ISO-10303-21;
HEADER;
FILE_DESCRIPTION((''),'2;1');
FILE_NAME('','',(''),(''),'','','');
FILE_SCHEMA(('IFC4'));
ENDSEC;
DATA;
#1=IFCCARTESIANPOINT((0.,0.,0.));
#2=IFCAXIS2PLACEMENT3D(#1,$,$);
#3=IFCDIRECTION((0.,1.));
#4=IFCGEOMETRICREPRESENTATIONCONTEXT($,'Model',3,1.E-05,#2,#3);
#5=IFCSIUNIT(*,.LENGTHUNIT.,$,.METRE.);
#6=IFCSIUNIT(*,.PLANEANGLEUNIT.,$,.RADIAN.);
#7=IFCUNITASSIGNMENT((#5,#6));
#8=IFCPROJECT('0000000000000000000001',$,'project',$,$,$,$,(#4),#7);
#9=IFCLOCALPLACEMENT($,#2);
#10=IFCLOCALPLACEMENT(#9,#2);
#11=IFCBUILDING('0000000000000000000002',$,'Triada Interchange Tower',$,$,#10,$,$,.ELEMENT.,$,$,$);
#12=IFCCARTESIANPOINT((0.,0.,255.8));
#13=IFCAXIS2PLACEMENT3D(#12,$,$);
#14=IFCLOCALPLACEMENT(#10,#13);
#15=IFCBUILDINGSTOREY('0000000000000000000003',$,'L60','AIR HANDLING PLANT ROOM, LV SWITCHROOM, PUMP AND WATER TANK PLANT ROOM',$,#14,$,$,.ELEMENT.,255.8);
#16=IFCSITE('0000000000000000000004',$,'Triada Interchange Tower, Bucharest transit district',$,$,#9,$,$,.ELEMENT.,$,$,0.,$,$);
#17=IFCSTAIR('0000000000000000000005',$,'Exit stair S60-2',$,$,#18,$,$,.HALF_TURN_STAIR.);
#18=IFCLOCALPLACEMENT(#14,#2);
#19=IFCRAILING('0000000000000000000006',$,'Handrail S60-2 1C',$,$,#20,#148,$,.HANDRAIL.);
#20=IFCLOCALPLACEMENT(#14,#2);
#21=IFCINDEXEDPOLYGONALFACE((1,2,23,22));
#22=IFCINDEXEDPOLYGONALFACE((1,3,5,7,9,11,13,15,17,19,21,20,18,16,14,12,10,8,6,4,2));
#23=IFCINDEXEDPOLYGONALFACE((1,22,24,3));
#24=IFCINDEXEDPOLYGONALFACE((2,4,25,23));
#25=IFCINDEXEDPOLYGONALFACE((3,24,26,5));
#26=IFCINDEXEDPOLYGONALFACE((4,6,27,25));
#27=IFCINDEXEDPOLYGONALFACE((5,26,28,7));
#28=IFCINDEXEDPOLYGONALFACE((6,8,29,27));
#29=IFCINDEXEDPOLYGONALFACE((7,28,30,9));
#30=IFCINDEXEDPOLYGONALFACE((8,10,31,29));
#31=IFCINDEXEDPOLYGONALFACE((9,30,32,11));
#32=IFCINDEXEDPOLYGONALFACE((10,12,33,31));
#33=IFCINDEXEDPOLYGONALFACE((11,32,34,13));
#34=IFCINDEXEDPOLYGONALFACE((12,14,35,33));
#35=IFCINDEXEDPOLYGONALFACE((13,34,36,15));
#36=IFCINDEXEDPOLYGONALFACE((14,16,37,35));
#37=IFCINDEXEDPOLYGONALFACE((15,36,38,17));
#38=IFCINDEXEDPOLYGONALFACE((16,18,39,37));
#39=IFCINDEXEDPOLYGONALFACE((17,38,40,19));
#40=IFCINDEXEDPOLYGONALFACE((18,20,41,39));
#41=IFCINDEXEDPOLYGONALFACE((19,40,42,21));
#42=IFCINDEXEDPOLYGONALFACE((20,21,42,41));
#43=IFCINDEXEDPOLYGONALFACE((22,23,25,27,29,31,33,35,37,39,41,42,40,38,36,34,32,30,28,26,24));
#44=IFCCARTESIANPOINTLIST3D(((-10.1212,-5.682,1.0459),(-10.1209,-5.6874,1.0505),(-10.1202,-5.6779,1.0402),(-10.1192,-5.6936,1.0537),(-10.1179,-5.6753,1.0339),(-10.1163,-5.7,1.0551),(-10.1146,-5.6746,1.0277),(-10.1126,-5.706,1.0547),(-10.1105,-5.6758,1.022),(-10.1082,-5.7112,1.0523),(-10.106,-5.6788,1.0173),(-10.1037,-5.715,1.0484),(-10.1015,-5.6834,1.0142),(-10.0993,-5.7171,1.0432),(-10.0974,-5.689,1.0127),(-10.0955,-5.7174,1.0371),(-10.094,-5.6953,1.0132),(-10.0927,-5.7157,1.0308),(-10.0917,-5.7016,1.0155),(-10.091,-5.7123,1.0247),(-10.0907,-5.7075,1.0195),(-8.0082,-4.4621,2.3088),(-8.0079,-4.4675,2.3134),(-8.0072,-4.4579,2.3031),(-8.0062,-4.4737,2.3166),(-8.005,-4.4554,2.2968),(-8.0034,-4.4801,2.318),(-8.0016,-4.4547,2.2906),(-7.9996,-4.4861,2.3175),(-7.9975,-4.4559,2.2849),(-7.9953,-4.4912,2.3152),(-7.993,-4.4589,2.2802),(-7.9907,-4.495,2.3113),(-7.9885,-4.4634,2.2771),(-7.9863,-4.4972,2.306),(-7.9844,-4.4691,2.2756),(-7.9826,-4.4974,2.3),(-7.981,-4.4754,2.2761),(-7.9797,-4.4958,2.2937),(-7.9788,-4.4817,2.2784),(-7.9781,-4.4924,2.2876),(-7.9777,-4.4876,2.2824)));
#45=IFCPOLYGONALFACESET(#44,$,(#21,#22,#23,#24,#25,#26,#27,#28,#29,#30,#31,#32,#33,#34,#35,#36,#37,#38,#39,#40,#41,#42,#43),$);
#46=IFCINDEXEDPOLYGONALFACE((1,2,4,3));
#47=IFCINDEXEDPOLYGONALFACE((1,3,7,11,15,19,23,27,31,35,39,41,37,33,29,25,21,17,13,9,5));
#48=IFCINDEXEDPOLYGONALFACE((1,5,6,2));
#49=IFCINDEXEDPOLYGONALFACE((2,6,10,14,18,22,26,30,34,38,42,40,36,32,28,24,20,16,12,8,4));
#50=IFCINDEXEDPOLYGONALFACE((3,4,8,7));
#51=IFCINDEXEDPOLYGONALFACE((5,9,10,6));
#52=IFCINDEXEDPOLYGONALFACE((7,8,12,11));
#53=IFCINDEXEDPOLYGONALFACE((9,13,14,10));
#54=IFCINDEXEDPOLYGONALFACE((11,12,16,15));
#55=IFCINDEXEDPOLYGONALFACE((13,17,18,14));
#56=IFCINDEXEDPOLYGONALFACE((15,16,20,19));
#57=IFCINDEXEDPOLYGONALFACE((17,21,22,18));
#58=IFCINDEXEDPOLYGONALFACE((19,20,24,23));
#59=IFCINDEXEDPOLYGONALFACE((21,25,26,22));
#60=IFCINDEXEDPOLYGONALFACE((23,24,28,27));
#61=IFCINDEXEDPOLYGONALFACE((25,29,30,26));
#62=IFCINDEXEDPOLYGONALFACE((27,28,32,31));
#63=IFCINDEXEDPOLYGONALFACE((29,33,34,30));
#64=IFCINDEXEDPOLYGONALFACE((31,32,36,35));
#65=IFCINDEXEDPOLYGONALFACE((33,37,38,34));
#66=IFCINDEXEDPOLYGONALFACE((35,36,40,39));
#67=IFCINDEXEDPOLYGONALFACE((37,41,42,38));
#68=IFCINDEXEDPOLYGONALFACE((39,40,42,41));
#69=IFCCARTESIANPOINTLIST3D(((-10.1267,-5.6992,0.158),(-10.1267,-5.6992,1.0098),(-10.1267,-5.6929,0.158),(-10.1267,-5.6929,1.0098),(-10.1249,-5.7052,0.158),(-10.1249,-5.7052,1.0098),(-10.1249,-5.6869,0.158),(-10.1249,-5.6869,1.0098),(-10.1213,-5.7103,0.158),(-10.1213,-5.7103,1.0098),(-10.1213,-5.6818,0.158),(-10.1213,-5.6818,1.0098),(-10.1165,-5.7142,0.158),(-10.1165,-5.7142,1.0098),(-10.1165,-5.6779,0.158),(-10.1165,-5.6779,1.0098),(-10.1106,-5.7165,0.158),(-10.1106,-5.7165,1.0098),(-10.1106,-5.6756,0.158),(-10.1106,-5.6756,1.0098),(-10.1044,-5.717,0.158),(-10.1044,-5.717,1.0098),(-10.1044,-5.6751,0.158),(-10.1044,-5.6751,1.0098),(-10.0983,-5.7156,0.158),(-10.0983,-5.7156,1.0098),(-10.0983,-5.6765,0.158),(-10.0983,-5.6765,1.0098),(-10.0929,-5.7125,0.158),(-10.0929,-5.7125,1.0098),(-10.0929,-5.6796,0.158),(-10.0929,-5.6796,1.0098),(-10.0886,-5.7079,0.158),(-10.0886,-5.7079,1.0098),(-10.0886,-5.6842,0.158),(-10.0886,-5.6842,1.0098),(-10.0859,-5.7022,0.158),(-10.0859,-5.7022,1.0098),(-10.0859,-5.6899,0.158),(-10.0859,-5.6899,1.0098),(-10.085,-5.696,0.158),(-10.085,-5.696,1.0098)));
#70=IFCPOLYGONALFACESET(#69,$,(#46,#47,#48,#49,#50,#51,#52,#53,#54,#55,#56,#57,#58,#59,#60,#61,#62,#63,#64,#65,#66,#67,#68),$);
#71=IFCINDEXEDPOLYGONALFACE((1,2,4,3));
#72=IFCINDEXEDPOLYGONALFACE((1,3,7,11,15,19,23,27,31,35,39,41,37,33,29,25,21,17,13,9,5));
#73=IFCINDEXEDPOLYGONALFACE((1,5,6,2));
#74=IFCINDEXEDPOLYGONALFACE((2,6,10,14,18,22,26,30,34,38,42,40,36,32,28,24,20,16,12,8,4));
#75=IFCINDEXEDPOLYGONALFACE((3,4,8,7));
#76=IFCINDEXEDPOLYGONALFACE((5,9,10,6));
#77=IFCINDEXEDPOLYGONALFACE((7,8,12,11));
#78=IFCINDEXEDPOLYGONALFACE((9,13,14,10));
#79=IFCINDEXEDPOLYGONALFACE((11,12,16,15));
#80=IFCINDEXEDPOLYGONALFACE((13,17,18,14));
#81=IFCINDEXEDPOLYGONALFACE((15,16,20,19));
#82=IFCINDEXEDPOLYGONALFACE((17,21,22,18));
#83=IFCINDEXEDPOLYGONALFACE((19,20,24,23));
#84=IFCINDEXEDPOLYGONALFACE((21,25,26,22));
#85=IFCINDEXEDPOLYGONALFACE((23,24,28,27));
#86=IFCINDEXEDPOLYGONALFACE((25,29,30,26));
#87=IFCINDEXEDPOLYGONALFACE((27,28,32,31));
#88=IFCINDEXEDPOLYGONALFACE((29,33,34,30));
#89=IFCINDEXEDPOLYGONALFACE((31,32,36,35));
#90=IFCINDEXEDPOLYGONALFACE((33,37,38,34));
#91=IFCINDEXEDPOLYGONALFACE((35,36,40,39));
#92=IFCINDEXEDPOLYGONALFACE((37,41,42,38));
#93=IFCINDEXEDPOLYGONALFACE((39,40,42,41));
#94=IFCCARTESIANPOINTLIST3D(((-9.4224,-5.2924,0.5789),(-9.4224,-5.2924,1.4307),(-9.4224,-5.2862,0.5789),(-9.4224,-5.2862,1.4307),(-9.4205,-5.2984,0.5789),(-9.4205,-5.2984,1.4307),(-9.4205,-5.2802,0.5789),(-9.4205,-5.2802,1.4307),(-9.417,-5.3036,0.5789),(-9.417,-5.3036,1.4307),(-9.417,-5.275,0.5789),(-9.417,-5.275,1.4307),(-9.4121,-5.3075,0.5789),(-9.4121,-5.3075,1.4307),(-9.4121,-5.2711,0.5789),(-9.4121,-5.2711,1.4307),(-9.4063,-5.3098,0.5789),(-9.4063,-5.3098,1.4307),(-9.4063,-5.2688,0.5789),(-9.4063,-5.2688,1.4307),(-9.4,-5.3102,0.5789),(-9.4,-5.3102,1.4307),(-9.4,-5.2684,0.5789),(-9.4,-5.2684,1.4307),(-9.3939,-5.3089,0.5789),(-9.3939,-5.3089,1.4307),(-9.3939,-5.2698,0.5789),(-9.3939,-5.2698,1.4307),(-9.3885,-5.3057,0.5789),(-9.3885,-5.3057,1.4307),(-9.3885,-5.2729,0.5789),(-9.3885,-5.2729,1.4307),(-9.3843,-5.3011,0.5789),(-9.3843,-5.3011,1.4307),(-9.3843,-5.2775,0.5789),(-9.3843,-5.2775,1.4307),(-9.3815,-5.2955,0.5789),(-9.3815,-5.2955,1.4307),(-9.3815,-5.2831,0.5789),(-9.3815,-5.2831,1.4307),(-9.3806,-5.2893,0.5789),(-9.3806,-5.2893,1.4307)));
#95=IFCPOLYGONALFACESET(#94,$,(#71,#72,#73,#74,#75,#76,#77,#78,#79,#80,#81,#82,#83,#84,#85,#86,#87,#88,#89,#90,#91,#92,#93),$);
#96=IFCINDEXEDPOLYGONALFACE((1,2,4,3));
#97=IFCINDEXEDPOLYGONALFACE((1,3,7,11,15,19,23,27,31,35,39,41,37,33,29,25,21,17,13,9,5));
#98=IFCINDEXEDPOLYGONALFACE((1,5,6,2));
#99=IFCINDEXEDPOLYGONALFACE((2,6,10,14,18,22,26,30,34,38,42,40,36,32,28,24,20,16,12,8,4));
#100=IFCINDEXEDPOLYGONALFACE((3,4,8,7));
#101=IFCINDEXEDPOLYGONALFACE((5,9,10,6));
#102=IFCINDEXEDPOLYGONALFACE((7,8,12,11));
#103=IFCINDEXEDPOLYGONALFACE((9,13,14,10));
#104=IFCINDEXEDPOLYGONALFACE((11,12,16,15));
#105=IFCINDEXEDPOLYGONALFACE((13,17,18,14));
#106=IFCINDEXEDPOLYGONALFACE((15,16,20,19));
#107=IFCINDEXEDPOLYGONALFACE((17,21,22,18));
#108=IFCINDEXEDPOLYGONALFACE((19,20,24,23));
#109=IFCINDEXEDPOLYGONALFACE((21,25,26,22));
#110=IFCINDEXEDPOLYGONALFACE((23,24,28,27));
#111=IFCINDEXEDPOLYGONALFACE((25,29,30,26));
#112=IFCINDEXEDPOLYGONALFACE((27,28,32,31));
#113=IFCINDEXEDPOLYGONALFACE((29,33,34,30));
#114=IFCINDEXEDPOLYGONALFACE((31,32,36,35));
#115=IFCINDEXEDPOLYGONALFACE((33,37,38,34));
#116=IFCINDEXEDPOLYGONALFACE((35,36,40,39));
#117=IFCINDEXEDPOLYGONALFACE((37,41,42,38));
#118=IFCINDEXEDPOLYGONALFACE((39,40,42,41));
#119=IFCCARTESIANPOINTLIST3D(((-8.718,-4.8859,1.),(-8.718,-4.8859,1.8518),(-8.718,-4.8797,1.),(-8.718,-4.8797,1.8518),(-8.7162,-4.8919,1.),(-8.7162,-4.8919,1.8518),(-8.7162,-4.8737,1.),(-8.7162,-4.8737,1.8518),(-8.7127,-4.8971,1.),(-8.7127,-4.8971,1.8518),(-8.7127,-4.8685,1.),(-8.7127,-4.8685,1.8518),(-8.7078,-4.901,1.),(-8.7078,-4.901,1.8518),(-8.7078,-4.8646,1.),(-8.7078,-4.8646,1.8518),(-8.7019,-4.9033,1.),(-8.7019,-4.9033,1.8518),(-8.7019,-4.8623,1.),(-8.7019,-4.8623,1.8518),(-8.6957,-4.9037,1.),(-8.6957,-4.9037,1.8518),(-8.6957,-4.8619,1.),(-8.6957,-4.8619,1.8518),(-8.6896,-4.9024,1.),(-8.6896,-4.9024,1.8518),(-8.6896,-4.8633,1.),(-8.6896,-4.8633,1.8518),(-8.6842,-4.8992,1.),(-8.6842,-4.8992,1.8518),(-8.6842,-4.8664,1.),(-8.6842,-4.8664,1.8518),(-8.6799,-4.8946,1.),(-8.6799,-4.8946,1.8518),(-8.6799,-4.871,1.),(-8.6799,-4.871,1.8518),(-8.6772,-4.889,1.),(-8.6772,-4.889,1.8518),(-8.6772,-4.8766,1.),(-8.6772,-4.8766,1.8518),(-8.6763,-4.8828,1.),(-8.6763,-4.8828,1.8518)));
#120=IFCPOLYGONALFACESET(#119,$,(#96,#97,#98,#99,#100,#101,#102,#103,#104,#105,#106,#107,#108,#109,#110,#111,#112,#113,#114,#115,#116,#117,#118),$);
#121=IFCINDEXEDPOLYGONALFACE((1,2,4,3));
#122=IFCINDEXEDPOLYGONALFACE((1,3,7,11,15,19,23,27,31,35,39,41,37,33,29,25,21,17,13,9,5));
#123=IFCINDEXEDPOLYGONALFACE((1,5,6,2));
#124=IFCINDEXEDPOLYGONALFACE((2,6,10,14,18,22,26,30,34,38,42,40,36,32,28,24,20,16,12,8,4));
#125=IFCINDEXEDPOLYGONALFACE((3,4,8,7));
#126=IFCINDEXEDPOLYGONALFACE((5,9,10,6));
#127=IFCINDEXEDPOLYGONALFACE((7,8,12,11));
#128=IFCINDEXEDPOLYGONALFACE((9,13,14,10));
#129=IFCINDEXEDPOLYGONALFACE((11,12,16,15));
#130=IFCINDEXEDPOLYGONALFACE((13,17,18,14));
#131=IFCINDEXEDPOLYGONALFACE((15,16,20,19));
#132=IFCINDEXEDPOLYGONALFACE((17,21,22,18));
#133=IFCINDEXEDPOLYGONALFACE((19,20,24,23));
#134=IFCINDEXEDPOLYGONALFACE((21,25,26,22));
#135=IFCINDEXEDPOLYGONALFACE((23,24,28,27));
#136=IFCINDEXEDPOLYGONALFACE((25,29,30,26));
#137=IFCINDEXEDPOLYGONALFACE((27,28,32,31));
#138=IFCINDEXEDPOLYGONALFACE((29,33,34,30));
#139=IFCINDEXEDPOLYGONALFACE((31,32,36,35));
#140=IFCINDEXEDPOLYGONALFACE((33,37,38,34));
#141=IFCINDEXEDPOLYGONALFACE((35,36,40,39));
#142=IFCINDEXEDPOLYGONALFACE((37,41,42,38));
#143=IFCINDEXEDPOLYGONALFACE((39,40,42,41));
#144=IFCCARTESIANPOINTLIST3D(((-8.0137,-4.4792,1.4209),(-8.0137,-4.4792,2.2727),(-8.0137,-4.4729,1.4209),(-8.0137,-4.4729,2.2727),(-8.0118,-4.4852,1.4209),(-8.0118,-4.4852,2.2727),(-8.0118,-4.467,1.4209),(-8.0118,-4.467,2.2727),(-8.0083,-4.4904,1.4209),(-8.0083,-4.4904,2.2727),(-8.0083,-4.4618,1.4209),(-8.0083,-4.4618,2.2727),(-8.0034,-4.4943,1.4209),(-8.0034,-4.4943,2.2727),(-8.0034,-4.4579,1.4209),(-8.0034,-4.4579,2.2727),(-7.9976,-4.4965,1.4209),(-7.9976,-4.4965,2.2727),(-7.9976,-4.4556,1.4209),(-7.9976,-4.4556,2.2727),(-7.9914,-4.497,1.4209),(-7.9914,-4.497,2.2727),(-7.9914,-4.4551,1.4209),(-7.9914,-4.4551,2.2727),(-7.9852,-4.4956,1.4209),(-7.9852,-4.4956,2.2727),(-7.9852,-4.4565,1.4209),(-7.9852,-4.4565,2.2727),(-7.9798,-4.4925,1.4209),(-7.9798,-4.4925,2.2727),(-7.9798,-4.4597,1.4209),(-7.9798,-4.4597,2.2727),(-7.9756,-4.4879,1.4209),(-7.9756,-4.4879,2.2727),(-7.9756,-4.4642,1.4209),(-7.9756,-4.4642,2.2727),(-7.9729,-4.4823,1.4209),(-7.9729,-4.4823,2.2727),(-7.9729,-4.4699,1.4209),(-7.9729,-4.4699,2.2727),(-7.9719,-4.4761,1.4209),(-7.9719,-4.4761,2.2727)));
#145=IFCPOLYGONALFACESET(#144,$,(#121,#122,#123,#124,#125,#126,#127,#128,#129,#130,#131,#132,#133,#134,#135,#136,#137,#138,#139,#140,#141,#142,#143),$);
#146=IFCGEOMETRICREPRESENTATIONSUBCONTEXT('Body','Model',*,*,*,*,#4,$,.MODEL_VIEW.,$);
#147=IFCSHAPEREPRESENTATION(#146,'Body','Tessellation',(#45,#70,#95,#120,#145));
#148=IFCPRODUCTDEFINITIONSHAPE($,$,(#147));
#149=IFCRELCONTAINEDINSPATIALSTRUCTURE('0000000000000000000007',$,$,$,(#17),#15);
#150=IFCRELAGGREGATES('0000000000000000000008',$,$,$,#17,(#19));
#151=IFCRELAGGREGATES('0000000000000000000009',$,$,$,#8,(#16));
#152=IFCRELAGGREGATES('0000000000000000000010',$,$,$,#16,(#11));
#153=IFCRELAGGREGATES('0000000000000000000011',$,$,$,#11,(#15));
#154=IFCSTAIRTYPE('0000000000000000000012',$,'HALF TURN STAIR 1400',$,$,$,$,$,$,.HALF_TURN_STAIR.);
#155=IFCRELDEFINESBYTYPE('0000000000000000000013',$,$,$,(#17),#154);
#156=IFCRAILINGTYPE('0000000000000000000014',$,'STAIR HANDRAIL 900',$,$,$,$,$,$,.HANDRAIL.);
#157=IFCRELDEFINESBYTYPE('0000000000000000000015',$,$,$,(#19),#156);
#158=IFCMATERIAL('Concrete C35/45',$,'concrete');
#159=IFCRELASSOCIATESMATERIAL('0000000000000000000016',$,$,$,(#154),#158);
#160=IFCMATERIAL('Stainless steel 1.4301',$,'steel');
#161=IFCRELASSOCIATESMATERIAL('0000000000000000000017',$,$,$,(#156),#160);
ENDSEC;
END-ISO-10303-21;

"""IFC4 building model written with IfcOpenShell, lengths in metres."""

from ifc_helpers import new_model, si_unit, direction, frame, origin, origin_2d, place, context, subcontext, project, spatial, circle, extrude, material, type_object, element, aggregate, save


model = new_model("IFC4")

# Units and contexts
model_context = context("Model", 3, precision=1e-05, world=origin(), true_north=direction((0.0, 1.0)))
body_context = subcontext(model_context, "Body", "Model", "MODEL_VIEW")
ifc_project = project(units=[si_unit("LENGTHUNIT", "METRE"), si_unit("PLANEANGLEUNIT", "RADIAN")], contexts=[model_context])

# Site, building, storey
site_placement = place(None, origin())
site = spatial("IfcSite", under=ifc_project, at=site_placement, Name="Triada Interchange Tower, Bucharest transit district", CompositionType="ELEMENT", RefElevation=0.0)
building_placement = place(site_placement, origin())
building = spatial("IfcBuilding", under=site, at=building_placement, Name="Triada Interchange Tower", CompositionType="ELEMENT")
storey_placement = place(building_placement, frame((0.0, 0.0, 255.8)))
storey = spatial("IfcBuildingStorey", under=building, at=storey_placement, Name="L60", Description="AIR HANDLING PLANT ROOM, LV SWITCHROOM, PUMP AND WATER TANK PLANT ROOM", CompositionType="ELEMENT", Elevation=255.8)

# Stair, railing
ifc_material_1 = material(Name="Concrete C35/45", Category="concrete")
stair_type = type_object("IfcStairType", Name="HALF TURN STAIR 1400", PredefinedType="HALF_TURN_STAIR", material=ifc_material_1)
stair_placement = place(storey_placement, origin())
stair = element("IfcStair", 1, at=stair_placement, inside=storey, type_object=stair_type, Name="Exit stair S60-2", PredefinedType="HALF_TURN_STAIR")
ifc_material_2 = material(Name="Stainless steel 1.4301", Category="steel")
railing_type = type_object("IfcRailingType", Name="STAIR HANDRAIL 900", PredefinedType="HANDRAIL", material=ifc_material_2)
railing_1_placement = place(storey_placement, frame((-10.106, -5.696, 0.158)))
railing_1 = element("IfcRailing", 2, at=railing_1_placement, type_object=railing_type, Name="Handrail S60-2 1C", PredefinedType="HANDRAIL", context=body_context, shape_type="SweptSolid", body=[
    extrude(circle(Radius=0.0239, at=origin_2d()), frame((0.0, 0.0, 0.876), z_axis=(0.769101, 0.444044, 0.459683), x_axis=(-0.500003, 0.866024, 0.0)), (0.0, 0.0, 1.0), 2.7473),
    extrude(circle(Radius=0.021, at=origin_2d()), origin(), (0.0, 0.0, 1.0), 0.8518),
    extrude(circle(Radius=0.021, at=origin_2d()), frame((0.7043, 0.4067, 0.4209)), (0.0, 0.0, 1.0), 0.8518),
    extrude(circle(Radius=0.021, at=origin_2d()), frame((1.4087, 0.8132, 0.842)), (0.0, 0.0, 1.0), 0.8518),
    extrude(circle(Radius=0.021, at=origin_2d()), frame((2.113, 1.22, 1.2629)), (0.0, 0.0, 1.0), 0.8518),
])
aggregate(stair, [railing_1])

save(model, "model.ifc")
